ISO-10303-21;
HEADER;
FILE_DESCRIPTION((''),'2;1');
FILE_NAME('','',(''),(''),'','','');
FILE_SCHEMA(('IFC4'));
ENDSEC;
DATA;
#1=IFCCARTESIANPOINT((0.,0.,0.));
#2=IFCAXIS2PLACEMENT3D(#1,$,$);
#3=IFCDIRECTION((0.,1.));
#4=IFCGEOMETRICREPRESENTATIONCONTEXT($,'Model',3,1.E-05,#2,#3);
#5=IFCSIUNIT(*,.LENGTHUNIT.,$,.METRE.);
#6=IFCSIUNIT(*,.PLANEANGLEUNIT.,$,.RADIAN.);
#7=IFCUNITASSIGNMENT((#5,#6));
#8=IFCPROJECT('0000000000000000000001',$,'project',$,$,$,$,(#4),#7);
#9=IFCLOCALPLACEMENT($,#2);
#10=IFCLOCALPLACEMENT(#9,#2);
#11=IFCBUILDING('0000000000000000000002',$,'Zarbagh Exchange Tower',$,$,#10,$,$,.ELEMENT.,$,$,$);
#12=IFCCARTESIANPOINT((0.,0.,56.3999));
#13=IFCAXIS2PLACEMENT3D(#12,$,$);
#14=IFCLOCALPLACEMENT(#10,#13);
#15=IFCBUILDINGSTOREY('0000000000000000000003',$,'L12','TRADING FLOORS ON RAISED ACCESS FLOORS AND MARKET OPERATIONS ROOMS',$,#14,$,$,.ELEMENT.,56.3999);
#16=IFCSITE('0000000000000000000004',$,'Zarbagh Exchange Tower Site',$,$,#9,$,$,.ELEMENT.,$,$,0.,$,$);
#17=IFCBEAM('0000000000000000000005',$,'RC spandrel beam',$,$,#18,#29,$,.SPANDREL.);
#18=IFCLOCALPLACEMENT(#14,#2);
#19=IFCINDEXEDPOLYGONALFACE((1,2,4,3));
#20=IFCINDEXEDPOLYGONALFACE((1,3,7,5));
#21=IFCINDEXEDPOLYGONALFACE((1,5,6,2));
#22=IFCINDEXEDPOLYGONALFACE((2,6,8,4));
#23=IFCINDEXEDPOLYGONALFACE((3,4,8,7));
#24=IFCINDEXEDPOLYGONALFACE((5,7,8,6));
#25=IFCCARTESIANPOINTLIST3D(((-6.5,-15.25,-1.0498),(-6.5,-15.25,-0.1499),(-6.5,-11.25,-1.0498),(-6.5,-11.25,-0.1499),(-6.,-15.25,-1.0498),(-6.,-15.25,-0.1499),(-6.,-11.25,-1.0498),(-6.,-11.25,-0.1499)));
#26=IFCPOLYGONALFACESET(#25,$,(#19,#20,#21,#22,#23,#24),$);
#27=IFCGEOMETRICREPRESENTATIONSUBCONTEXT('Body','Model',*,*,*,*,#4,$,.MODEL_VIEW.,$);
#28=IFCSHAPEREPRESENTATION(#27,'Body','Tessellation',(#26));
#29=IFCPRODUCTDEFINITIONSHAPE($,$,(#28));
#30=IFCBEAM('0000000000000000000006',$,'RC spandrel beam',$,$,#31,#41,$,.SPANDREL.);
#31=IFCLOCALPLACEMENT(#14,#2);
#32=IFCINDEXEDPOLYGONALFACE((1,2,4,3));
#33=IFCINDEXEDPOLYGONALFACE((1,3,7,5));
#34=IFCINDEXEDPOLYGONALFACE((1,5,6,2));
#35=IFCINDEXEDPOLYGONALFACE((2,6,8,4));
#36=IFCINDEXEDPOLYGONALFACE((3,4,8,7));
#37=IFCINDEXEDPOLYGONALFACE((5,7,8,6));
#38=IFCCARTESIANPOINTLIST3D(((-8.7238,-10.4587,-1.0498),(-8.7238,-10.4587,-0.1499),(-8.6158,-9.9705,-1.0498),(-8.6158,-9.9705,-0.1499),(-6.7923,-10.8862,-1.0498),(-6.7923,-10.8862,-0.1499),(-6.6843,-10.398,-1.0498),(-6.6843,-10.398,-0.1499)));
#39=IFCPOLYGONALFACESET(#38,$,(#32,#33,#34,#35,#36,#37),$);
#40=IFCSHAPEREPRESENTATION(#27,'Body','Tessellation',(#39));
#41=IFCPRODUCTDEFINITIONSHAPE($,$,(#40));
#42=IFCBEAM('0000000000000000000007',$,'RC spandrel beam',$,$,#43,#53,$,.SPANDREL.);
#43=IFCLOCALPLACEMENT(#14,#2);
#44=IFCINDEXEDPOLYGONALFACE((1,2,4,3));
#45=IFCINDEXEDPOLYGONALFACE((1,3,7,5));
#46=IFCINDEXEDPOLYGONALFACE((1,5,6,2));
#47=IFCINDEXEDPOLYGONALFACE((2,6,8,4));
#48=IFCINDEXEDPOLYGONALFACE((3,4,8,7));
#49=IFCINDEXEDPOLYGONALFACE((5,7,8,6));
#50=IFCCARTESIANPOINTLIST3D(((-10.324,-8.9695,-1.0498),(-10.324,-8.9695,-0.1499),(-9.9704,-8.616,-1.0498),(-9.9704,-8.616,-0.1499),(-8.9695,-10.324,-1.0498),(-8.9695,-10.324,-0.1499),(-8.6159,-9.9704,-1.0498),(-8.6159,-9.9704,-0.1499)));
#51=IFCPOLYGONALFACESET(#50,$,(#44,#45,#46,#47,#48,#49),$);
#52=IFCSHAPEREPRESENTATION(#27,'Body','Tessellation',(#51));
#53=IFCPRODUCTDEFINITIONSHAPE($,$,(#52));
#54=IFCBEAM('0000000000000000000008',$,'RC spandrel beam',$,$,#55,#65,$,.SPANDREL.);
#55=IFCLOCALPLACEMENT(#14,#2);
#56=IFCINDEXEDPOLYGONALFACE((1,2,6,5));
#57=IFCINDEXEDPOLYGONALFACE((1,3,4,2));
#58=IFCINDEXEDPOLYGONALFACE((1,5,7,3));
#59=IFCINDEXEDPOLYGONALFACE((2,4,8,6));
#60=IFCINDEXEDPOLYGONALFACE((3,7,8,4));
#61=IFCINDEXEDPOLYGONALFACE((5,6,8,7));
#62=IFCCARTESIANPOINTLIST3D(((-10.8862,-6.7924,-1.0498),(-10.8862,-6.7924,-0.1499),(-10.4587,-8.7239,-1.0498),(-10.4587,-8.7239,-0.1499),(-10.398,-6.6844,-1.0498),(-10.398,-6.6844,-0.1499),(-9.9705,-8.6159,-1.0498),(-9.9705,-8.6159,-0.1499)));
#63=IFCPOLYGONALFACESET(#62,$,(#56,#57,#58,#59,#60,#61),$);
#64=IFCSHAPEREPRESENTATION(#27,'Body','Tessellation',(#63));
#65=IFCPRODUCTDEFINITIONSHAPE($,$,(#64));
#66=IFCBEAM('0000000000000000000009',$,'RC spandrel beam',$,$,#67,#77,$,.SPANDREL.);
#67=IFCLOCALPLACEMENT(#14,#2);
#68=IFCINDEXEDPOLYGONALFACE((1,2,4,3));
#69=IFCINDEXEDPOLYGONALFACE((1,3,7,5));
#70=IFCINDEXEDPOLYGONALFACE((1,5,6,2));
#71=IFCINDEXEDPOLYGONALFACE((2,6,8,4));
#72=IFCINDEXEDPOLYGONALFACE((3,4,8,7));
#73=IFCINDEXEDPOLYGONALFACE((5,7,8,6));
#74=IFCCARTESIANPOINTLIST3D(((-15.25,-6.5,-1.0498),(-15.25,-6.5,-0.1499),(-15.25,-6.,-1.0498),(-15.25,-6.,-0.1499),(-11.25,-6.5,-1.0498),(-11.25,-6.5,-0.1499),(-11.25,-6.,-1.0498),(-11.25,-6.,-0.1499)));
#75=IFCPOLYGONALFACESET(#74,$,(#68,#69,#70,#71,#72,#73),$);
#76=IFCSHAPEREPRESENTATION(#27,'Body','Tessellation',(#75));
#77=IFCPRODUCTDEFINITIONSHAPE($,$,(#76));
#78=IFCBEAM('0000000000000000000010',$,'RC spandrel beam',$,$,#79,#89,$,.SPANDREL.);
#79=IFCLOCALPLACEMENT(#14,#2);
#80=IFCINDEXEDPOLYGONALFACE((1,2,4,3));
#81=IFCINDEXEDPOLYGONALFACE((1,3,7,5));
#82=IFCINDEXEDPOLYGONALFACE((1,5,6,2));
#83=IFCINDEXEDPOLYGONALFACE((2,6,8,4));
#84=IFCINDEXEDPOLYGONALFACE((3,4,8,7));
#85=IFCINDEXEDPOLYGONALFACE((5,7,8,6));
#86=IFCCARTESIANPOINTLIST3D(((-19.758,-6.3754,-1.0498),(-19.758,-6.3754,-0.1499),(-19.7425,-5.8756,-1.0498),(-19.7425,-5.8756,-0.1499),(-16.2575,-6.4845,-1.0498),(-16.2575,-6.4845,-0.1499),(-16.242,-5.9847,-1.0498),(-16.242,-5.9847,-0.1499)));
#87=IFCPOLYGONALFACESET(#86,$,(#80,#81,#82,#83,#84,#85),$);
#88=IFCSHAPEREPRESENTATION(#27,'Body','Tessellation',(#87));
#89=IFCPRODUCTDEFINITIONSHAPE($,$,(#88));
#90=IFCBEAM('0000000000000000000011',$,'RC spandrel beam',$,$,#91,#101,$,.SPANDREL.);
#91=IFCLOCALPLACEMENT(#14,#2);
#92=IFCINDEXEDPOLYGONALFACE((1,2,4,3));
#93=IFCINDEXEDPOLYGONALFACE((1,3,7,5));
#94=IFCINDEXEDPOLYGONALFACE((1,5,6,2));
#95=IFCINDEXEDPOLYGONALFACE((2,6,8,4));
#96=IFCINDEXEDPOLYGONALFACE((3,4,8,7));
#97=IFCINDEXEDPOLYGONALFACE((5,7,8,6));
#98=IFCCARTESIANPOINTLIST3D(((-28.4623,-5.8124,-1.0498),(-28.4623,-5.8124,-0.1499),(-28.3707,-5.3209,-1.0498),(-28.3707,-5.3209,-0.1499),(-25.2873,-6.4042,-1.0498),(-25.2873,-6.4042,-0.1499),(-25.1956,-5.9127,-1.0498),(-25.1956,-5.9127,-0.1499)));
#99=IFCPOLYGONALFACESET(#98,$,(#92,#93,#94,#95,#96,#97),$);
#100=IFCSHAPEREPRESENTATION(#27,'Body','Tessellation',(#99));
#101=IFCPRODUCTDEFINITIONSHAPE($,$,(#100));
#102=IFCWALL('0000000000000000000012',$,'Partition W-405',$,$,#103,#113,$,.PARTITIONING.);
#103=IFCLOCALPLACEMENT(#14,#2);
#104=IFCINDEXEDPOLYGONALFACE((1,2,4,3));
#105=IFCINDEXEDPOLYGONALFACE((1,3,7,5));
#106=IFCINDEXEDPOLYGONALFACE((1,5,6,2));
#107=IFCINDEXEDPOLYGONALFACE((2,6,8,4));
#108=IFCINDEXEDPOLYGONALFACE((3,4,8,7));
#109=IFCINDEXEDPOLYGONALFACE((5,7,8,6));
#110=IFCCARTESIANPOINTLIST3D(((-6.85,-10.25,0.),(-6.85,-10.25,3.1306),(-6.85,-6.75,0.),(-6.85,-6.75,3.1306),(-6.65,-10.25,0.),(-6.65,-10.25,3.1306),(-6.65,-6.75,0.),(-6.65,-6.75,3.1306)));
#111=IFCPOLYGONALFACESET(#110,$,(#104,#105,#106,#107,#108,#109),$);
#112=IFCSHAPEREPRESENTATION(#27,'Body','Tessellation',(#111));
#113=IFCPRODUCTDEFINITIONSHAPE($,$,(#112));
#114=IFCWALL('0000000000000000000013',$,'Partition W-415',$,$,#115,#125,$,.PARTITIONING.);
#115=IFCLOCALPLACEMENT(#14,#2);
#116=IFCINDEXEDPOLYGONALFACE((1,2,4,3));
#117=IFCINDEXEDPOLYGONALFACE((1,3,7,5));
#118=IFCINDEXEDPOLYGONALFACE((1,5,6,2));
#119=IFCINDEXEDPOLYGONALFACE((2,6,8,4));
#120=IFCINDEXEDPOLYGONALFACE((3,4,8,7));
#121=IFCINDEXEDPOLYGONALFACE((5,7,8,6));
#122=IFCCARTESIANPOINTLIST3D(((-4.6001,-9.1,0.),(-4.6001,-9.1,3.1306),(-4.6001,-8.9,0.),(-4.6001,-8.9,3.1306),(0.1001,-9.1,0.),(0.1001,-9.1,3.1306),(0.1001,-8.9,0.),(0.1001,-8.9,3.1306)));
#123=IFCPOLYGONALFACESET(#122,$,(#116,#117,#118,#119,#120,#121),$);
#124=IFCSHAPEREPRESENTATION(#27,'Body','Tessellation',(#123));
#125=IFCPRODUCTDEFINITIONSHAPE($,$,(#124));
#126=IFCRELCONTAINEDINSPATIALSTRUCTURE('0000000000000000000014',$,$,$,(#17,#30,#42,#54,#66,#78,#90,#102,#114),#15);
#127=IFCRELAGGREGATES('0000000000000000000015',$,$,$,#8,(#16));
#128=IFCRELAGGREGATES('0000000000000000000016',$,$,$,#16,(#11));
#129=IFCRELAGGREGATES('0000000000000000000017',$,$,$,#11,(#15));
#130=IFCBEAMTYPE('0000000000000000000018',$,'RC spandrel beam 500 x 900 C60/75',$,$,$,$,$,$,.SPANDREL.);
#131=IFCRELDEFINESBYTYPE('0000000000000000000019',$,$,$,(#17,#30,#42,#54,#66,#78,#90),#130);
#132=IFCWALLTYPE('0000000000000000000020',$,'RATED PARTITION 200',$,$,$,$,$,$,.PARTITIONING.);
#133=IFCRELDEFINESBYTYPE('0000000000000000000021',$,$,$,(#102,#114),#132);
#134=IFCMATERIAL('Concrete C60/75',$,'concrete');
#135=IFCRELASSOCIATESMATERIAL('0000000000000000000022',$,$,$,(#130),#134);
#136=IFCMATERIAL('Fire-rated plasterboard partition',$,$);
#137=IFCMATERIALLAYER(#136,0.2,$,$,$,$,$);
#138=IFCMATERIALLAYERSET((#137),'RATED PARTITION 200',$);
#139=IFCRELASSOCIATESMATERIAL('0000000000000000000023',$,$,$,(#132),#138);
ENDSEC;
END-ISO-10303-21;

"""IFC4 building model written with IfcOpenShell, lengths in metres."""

from ifc_helpers import new_model, si_unit, direction, frame, frame_2d, origin, origin_2d, place, context, subcontext, project, spatial, rectangle, extrude, material, layer, layer_set, material_profile, profile_set, type_object, element, save


model = new_model("IFC4")

# Units and contexts
model_context = context("Model", 3, precision=1e-05, world=origin(), true_north=direction((0.0, 1.0)))
body_context = subcontext(model_context, "Body", "Model", "MODEL_VIEW")
ifc_project = project(units=[si_unit("LENGTHUNIT", "METRE"), si_unit("PLANEANGLEUNIT", "RADIAN")], contexts=[model_context])

# Site, building, storey
site_placement = place(None, origin())
site = spatial("IfcSite", under=ifc_project, at=site_placement, Name="Zarbagh Exchange Tower Site", CompositionType="ELEMENT", RefElevation=0.0)
building_placement = place(site_placement, origin())
building = spatial("IfcBuilding", under=site, at=building_placement, Name="Zarbagh Exchange Tower", CompositionType="ELEMENT")
storey_placement = place(building_placement, frame((0.0, 0.0, 56.3999)))
storey = spatial("IfcBuildingStorey", under=building, at=storey_placement, Name="L12", Description="TRADING FLOORS ON RAISED ACCESS FLOORS AND MARKET OPERATIONS ROOMS", CompositionType="ELEMENT", Elevation=56.3999)

# Shared definitions
ifc_material_1 = material(Name="Concrete C60/75", Category="concrete")

# Beams
ifc_material_profile_1 = material_profile(ifc_material_1, rectangle(XDim=0.5, YDim=0.8999, at=origin_2d()), Name="RC spandrel beam 500 x 900 C60/75")
ifc_profile_set_1 = profile_set([ifc_material_profile_1], Name="Concrete C60/75")
beam_type_1 = type_object("IfcBeamType", Name="RC spandrel beam 500 x 900 C60/75", PredefinedType="SPANDREL", material=ifc_profile_set_1)
beam_1_placement = place(storey_placement, frame((-6.25, -15.25, -0.5999), z_axis=(0.0, 1.0, 0.0), x_axis=(-1.0, 0.0, 0.0)))
element("IfcBeam", 1, at=beam_1_placement, inside=storey, type_object=beam_type_1, Name="RC spandrel beam", PredefinedType="SPANDREL", context=body_context, shape_type="SweptSolid", body=[
    extrude(rectangle(XDim=0.5, YDim=0.8999, at=origin_2d()), origin(), (0.0, 0.0, 1.0), 4.0),
])
beam_2_placement = place(storey_placement, frame((-6.7383, -10.6421, -0.5999), z_axis=(-0.976375, 0.216081, 0.0), x_axis=(-0.216081, -0.976375, 0.0)))
element("IfcBeam", 2, at=beam_2_placement, inside=storey, type_object=beam_type_1, Name="RC spandrel beam", PredefinedType="SPANDREL", context=body_context, shape_type="SweptSolid", body=[
    extrude(rectangle(XDim=0.5, YDim=0.8999, at=origin_2d()), origin(), (0.0, 0.0, 1.0), 1.9783),
])
beam_3_placement = place(storey_placement, frame((-8.7927, -10.1472, -0.5999), z_axis=(-0.707107, 0.707107, 0.0), x_axis=(-0.707107, -0.707107, 0.0)))
element("IfcBeam", 3, at=beam_3_placement, inside=storey, type_object=beam_type_1, Name="RC spandrel beam", PredefinedType="SPANDREL", context=body_context, shape_type="SweptSolid", body=[
    extrude(rectangle(XDim=0.5, YDim=0.8999, at=origin_2d()), origin(), (0.0, 0.0, 1.0), 1.9155),
])
beam_4_placement = place(storey_placement, frame((-10.2146, -8.6699, -0.5999), z_axis=(-0.216081, 0.976375, 0.0), x_axis=(-0.976375, -0.216081, 0.0)))
element("IfcBeam", 4, at=beam_4_placement, inside=storey, type_object=beam_type_1, Name="RC spandrel beam", PredefinedType="SPANDREL", context=body_context, shape_type="SweptSolid", body=[
    extrude(rectangle(XDim=0.5, YDim=0.8999, at=origin_2d()), origin(), (0.0, 0.0, 1.0), 1.9783),
])
beam_5_placement = place(storey_placement, frame((-11.25, -6.25, -0.5999), z_axis=(-1.0, 0.0, 0.0), x_axis=(0.0, -1.0, 0.0)))
element("IfcBeam", 5, at=beam_5_placement, inside=storey, type_object=beam_type_1, Name="RC spandrel beam", PredefinedType="SPANDREL", context=body_context, shape_type="SweptSolid", body=[
    extrude(rectangle(XDim=0.5, YDim=0.8999, at=origin_2d()), origin(), (0.0, 0.0, 1.0), 4.0),
])
beam_6_placement = place(storey_placement, frame((-16.2498, -6.2346, -0.5999), z_axis=(-0.999514, 0.031161, 0.0), x_axis=(-0.031161, -0.999514, 0.0)))
element("IfcBeam", 6, at=beam_6_placement, inside=storey, type_object=beam_type_1, Name="RC spandrel beam", PredefinedType="SPANDREL", context=body_context, shape_type="SweptSolid", body=[
    extrude(rectangle(XDim=0.5, YDim=0.8999, at=origin_2d()), origin(), (0.0, 0.0, 1.0), 3.5022),
])
beam_7_placement = place(storey_placement, frame((-25.2415, -6.1584, -0.5999), z_axis=(-0.983069, 0.183234, 0.0), x_axis=(-0.183234, -0.983069, 0.0)))
element("IfcBeam", 7, at=beam_7_placement, inside=storey, type_object=beam_type_1, Name="RC spandrel beam", PredefinedType="SPANDREL", context=body_context, shape_type="SweptSolid", body=[
    extrude(rectangle(XDim=0.5, YDim=0.8999, at=origin_2d()), origin(), (0.0, 0.0, 1.0), 3.2297),
])

# Walls
ifc_material_2 = material(Name="Fire-rated plasterboard partition")
ifc_layer = layer(ifc_material_2, 0.2)
ifc_layer_set = layer_set([ifc_layer], Name="RATED PARTITION 200")
wall_type = type_object("IfcWallType", Name="RATED PARTITION 200", PredefinedType="PARTITIONING", material=ifc_layer_set)
wall_1_placement = place(storey_placement, frame((-6.75, -10.25, 0.0), z_axis=(0.0, 0.0, 1.0), x_axis=(0.0, 1.0, 0.0)))
element("IfcWall", 8, at=wall_1_placement, inside=storey, type_object=wall_type, Name="Partition W-405", PredefinedType="PARTITIONING", context=body_context, shape_type="SweptSolid", body=[
    extrude(rectangle(XDim=3.5, YDim=0.2, at=frame_2d((1.75, 0.0))), origin(), (0.0, 0.0, 1.0), 3.1306),
])
wall_2_placement = place(storey_placement, frame((-4.6001, -9.0, 0.0), z_axis=(0.0, 0.0, 1.0), x_axis=(1.0, 0.0, 0.0)))
element("IfcWall", 9, at=wall_2_placement, inside=storey, type_object=wall_type, Name="Partition W-415", PredefinedType="PARTITIONING", context=body_context, shape_type="SweptSolid", body=[
    extrude(rectangle(XDim=4.7002, YDim=0.2, at=frame_2d((2.3501, 0.0))), origin(), (0.0, 0.0, 1.0), 3.1306),
])

save(model, "model.ifc")
